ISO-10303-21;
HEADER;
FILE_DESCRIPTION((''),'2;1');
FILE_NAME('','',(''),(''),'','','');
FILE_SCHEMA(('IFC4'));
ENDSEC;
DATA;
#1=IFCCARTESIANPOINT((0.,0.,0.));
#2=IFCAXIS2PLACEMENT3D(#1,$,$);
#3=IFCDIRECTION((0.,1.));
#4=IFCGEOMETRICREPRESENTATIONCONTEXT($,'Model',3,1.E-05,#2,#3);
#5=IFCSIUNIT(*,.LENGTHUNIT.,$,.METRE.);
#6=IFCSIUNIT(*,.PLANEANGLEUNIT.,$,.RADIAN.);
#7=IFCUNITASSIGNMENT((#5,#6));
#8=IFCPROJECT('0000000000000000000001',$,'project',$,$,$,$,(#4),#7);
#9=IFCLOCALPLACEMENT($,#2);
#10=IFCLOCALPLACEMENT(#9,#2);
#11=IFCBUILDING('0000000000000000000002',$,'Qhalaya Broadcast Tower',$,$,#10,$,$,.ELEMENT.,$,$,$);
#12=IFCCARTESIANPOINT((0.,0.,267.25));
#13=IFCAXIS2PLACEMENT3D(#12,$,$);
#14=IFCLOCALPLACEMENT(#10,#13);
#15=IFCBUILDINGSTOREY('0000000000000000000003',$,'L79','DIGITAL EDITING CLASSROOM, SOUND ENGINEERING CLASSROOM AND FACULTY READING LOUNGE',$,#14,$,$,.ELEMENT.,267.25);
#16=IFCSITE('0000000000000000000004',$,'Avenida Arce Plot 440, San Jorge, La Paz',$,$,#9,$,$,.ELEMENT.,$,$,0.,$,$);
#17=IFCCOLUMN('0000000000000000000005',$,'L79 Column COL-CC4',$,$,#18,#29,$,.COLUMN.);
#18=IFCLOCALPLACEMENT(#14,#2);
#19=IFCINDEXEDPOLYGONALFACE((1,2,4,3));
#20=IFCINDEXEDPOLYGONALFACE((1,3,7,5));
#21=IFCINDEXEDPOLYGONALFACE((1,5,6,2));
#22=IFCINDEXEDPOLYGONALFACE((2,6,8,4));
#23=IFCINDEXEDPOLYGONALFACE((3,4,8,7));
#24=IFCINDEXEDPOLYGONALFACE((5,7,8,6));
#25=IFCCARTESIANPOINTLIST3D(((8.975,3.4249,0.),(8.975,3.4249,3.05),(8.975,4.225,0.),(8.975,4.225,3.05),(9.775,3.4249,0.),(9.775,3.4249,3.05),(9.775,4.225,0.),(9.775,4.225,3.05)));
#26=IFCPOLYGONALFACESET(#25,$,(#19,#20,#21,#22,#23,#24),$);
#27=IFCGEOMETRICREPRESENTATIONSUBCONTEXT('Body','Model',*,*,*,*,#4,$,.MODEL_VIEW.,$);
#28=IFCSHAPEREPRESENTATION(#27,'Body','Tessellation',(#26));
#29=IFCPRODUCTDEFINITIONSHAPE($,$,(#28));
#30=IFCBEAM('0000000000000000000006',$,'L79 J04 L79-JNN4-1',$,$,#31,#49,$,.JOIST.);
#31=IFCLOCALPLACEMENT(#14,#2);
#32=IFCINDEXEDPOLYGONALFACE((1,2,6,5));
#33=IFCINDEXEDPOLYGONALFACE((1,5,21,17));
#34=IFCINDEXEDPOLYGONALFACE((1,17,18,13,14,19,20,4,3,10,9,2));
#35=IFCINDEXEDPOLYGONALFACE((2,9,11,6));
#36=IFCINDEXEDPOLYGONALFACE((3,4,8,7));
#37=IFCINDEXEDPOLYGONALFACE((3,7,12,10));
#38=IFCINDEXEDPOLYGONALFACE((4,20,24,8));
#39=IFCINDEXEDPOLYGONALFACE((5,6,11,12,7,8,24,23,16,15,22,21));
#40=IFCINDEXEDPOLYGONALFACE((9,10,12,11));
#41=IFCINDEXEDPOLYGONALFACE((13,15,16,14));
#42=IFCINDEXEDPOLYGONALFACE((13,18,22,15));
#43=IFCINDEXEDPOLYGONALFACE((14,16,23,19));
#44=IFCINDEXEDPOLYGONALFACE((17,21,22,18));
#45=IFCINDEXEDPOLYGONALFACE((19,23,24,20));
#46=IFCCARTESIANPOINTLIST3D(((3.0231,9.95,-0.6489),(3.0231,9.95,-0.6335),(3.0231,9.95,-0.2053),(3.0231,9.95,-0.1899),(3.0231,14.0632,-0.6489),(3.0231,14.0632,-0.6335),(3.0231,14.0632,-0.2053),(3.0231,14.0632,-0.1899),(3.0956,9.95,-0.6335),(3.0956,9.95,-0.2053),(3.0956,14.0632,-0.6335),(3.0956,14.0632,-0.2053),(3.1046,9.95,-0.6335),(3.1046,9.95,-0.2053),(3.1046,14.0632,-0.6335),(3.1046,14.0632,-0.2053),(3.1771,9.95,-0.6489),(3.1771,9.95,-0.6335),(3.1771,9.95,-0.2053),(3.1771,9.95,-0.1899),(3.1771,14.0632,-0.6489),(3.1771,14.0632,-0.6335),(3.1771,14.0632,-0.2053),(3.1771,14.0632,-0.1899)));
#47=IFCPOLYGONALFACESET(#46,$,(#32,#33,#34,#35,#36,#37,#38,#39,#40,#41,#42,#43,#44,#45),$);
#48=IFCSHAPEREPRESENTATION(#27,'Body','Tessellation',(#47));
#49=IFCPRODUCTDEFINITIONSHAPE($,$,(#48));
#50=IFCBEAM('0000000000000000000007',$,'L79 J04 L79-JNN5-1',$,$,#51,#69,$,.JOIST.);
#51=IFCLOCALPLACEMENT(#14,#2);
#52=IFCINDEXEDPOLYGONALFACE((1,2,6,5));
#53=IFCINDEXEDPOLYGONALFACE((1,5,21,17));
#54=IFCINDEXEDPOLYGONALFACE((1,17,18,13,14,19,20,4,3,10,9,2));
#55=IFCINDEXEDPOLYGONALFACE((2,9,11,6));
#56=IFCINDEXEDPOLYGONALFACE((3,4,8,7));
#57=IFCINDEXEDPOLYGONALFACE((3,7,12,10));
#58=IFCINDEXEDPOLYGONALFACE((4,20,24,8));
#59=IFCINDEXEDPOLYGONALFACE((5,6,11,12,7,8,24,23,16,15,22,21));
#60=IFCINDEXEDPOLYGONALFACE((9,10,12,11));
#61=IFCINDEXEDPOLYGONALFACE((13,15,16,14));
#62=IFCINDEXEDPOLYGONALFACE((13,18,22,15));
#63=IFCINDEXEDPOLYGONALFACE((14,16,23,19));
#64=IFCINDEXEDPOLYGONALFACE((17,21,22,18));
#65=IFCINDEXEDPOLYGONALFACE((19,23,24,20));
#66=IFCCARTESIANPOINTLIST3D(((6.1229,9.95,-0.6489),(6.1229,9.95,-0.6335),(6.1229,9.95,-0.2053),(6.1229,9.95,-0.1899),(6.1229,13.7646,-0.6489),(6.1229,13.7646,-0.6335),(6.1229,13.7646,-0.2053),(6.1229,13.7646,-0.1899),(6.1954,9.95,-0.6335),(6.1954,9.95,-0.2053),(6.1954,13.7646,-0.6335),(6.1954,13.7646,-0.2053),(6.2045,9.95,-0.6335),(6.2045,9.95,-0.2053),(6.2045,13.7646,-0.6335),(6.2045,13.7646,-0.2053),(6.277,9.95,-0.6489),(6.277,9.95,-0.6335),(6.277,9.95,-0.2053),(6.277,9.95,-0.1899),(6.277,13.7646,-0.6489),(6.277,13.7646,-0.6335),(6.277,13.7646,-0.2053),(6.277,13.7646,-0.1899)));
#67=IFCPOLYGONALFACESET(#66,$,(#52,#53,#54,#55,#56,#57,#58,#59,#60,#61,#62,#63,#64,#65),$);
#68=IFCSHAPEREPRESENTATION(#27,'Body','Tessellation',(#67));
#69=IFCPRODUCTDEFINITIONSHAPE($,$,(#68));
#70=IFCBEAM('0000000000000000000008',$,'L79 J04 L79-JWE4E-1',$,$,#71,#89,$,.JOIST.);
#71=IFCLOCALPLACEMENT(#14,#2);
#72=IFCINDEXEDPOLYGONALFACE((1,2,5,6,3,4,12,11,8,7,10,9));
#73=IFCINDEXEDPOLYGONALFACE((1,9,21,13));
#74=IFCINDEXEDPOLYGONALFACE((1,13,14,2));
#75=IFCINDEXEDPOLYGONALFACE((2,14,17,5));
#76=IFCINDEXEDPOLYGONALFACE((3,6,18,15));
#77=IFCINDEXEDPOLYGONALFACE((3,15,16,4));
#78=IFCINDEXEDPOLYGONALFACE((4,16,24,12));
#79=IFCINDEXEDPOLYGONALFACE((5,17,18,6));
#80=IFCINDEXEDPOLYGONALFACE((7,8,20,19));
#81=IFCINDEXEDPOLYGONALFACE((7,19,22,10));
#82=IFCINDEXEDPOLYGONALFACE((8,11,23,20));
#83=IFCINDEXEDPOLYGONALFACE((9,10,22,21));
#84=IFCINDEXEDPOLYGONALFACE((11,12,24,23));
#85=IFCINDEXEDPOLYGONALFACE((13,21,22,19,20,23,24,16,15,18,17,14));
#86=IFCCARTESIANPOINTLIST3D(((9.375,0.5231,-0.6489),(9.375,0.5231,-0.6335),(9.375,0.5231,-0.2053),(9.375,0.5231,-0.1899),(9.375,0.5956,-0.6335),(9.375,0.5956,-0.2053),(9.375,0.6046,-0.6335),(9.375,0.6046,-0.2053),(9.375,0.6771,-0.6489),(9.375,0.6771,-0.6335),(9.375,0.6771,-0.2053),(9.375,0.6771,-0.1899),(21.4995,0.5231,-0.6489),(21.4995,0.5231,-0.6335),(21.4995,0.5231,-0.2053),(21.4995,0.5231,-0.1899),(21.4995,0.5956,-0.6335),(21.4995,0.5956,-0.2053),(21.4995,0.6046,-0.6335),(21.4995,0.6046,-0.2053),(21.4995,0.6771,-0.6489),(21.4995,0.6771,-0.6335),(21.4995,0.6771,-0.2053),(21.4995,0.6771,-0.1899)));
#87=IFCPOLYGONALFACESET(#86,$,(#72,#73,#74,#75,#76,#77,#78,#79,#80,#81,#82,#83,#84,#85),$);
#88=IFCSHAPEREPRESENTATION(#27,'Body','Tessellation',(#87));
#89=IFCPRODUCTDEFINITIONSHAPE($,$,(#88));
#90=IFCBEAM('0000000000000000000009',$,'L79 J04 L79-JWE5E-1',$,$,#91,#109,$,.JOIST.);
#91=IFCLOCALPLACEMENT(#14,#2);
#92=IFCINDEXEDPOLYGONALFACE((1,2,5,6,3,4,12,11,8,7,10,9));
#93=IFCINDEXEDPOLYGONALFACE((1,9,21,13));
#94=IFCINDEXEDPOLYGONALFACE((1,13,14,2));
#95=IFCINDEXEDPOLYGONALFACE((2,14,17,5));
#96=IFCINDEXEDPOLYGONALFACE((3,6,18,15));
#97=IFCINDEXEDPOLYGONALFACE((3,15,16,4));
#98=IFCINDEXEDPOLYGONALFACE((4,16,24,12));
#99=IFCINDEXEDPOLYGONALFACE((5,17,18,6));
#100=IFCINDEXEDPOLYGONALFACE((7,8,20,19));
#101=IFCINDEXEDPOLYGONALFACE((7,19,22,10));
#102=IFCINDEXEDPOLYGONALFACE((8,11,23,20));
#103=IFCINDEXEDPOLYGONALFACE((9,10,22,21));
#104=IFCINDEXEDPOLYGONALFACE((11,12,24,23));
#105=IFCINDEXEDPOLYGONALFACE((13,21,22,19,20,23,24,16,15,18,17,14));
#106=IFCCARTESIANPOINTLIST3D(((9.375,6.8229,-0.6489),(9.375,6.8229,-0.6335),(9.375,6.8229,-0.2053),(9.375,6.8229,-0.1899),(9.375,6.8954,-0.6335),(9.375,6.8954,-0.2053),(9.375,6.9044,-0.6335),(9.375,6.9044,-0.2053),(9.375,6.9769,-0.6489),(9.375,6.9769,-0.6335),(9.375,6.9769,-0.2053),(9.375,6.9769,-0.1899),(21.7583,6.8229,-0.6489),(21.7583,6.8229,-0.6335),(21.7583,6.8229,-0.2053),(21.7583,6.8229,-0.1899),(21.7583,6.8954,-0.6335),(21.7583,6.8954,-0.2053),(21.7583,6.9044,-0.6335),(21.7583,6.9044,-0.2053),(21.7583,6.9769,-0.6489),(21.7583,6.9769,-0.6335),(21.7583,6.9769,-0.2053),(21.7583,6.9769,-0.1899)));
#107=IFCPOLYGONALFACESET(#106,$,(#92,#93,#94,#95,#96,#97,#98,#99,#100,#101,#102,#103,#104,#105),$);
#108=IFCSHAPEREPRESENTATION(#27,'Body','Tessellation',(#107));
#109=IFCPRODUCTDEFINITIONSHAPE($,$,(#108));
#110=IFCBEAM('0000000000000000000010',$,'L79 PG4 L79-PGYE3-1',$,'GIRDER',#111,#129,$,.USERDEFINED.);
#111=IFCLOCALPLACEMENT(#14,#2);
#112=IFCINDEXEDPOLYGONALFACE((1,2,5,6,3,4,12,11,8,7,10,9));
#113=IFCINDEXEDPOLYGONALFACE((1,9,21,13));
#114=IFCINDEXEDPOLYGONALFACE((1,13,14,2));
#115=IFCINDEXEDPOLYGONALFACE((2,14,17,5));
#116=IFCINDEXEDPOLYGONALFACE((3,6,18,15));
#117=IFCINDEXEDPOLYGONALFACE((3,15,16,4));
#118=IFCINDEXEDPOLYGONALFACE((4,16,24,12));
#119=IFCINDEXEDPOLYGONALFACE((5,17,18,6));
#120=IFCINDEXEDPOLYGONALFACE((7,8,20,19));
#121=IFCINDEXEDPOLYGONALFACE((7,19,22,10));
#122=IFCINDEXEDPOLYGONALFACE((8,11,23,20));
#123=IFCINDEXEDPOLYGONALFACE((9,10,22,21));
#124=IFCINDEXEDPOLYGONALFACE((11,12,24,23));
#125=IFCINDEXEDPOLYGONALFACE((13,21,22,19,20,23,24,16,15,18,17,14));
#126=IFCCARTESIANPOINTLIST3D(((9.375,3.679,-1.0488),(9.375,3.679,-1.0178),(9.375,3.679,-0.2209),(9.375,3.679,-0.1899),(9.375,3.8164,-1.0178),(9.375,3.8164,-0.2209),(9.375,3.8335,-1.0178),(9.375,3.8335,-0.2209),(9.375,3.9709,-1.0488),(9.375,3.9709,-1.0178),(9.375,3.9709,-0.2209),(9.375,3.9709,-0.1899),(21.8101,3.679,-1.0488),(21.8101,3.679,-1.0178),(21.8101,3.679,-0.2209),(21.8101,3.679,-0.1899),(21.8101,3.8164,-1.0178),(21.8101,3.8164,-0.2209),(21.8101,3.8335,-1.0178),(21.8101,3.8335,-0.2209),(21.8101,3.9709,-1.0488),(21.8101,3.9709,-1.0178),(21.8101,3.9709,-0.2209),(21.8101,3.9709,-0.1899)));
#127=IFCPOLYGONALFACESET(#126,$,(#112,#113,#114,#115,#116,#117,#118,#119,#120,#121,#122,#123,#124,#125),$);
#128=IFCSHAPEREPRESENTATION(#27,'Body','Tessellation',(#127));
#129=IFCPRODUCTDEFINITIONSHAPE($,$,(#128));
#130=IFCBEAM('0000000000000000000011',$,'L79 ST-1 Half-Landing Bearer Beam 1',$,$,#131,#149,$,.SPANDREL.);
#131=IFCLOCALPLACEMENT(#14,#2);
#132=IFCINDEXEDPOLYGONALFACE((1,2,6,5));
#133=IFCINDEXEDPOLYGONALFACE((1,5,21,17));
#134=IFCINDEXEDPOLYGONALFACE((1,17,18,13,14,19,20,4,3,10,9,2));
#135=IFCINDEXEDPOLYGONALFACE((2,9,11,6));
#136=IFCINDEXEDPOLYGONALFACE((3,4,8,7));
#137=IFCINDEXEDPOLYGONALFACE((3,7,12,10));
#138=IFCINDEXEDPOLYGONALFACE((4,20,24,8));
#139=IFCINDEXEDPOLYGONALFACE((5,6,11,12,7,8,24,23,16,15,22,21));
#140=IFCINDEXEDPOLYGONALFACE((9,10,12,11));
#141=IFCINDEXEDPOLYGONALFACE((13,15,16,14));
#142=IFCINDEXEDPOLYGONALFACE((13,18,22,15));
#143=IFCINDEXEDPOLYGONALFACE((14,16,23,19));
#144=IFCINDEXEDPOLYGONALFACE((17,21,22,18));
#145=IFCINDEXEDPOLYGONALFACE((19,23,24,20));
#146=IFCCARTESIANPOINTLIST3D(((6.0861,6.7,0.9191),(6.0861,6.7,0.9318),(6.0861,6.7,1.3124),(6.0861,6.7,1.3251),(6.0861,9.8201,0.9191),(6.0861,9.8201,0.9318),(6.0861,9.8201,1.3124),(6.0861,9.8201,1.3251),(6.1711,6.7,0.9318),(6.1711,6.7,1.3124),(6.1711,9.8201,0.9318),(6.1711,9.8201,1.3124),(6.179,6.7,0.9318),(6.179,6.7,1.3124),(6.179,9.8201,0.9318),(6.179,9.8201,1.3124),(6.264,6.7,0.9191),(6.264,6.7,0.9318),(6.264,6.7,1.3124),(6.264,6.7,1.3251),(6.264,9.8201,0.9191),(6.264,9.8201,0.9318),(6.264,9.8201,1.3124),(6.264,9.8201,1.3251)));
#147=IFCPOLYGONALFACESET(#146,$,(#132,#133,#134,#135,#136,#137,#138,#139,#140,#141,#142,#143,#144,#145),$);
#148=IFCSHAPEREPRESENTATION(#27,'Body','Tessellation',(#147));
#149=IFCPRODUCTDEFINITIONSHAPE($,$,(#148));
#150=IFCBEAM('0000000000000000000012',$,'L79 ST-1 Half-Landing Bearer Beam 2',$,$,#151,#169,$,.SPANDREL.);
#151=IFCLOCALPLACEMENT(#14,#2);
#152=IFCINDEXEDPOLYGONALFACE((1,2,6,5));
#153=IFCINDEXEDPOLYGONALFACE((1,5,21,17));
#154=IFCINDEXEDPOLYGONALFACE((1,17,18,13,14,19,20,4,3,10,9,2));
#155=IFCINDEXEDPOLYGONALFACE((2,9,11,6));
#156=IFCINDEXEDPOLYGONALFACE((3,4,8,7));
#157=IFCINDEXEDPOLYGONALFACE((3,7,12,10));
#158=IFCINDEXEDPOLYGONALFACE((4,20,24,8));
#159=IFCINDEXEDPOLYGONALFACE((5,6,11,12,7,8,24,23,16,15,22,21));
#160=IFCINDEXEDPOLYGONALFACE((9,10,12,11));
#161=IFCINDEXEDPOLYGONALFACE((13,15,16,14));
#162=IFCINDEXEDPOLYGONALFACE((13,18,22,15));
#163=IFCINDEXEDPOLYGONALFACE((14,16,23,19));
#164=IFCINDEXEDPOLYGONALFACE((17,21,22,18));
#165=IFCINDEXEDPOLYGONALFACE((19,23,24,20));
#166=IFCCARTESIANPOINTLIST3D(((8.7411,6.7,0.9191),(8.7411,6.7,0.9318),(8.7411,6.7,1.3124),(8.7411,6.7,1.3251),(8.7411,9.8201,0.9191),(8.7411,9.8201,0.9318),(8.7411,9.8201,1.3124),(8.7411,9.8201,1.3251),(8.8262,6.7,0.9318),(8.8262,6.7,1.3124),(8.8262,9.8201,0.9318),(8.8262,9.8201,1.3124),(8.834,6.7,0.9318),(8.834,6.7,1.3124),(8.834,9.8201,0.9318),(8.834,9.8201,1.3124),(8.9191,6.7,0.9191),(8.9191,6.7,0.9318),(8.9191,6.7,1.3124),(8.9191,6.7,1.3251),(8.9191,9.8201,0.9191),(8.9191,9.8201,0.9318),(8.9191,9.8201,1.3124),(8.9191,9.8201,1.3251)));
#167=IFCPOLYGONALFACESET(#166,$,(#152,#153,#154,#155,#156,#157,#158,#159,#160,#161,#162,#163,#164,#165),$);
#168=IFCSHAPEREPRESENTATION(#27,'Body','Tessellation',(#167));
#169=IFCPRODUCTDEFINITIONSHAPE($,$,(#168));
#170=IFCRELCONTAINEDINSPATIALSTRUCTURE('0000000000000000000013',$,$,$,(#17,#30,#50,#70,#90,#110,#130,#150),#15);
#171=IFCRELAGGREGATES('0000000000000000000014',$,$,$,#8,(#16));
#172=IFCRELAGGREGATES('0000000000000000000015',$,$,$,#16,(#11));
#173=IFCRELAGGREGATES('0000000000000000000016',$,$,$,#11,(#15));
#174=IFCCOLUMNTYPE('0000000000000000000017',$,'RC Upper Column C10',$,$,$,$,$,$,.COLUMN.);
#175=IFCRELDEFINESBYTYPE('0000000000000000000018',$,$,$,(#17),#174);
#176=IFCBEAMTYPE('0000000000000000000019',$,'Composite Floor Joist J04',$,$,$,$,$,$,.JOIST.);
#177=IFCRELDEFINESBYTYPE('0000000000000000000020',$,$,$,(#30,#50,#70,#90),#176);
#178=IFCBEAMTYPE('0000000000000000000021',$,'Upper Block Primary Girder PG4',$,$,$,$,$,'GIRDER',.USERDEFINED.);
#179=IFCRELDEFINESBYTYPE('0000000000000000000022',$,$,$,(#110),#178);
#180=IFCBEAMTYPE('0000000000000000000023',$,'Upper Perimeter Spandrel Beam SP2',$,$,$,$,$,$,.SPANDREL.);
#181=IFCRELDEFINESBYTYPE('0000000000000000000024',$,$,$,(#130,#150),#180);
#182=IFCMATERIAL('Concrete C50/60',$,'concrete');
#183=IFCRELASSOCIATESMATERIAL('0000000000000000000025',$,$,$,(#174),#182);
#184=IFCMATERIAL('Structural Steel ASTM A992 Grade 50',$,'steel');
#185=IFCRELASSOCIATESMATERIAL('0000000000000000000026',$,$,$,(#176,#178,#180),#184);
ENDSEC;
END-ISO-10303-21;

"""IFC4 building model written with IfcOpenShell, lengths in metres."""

from ifc_helpers import new_model, si_unit, direction, frame, origin, origin_2d, place, context, subcontext, project, spatial, rectangle, i_section, extrude, material, material_profile, profile_set, type_object, element, save


model = new_model("IFC4")

# Units and contexts
model_context = context("Model", 3, precision=1e-05, world=origin(), true_north=direction((0.0, 1.0)))
body_context = subcontext(model_context, "Body", "Model", "MODEL_VIEW")
ifc_project = project(units=[si_unit("LENGTHUNIT", "METRE"), si_unit("PLANEANGLEUNIT", "RADIAN")], contexts=[model_context])

# Site, building, storey
site_placement = place(None, origin())
site = spatial("IfcSite", under=ifc_project, at=site_placement, Name="Avenida Arce Plot 440, San Jorge, La Paz", CompositionType="ELEMENT", RefElevation=0.0)
building_placement = place(site_placement, origin())
building = spatial("IfcBuilding", under=site, at=building_placement, Name="Qhalaya Broadcast Tower", CompositionType="ELEMENT")
storey_placement = place(building_placement, frame((0.0, 0.0, 267.25)))
storey = spatial("IfcBuildingStorey", under=building, at=storey_placement, Name="L79", Description="DIGITAL EDITING CLASSROOM, SOUND ENGINEERING CLASSROOM AND FACULTY READING LOUNGE", CompositionType="ELEMENT", Elevation=267.25)

# Column
ifc_material_1 = material(Name="Concrete C50/60", Category="concrete")
ifc_material_profile_1 = material_profile(ifc_material_1, rectangle(XDim=0.8, YDim=0.8, at=origin_2d()), Name="RC-COL 800x800")
ifc_profile_set_1 = profile_set([ifc_material_profile_1], Name="Concrete C50/60")
column_type = type_object("IfcColumnType", Name="RC Upper Column C10", PredefinedType="COLUMN", material=ifc_profile_set_1)
column_placement = place(storey_placement, frame((9.375, 3.825, 0.0), z_axis=(0.0, 0.0, 1.0), x_axis=(1.0, 0.0, 0.0)))
element("IfcColumn", 1, at=column_placement, inside=storey, type_object=column_type, Name="L79 Column COL-CC4", PredefinedType="COLUMN", context=body_context, shape_type="SweptSolid", body=[
    extrude(rectangle(XDim=0.8, YDim=0.8, at=origin_2d()), origin(), (0.0, 0.0, 1.0), 3.05),
])

# Beams
ifc_material_2 = material(Name="Structural Steel ASTM A992 Grade 50", Category="steel")
ifc_material_profile_2 = material_profile(ifc_material_2, i_section(OverallWidth=0.1541, OverallDepth=0.459, WebThickness=0.009, FlangeThickness=0.0154, at=origin_2d()), Name="W18X46")
ifc_profile_set_2 = profile_set([ifc_material_profile_2], Name="Structural Steel ASTM A992 Grade 50")
beam_type_1 = type_object("IfcBeamType", Name="Composite Floor Joist J04", PredefinedType="JOIST", material=ifc_profile_set_2)
beam_1_placement = place(storey_placement, frame((3.1001, 9.95, -0.4194), z_axis=(0.0, 1.0, 0.0), x_axis=(-1.0, 0.0, 0.0)))
element("IfcBeam", 2, at=beam_1_placement, inside=storey, type_object=beam_type_1, Name="L79 J04 L79-JNN4-1", PredefinedType="JOIST", context=body_context, shape_type="SweptSolid", body=[
    extrude(i_section(OverallWidth=0.1541, OverallDepth=0.459, WebThickness=0.009, FlangeThickness=0.0154, at=origin_2d()), origin(), (0.0, 0.0, 1.0), 4.1133),
])
beam_2_placement = place(storey_placement, frame((6.2, 9.95, -0.4194), z_axis=(0.0, 1.0, 0.0), x_axis=(-1.0, 0.0, 0.0)))
element("IfcBeam", 3, at=beam_2_placement, inside=storey, type_object=beam_type_1, Name="L79 J04 L79-JNN5-1", PredefinedType="JOIST", context=body_context, shape_type="SweptSolid", body=[
    extrude(i_section(OverallWidth=0.1541, OverallDepth=0.459, WebThickness=0.009, FlangeThickness=0.0154, at=origin_2d()), origin(), (0.0, 0.0, 1.0), 3.8147),
])
beam_3_placement = place(storey_placement, frame((9.375, 0.6001, -0.4194), z_axis=(1.0, 0.0, 0.0), x_axis=(0.0, 1.0, 0.0)))
element("IfcBeam", 4, at=beam_3_placement, inside=storey, type_object=beam_type_1, Name="L79 J04 L79-JWE4E-1", PredefinedType="JOIST", context=body_context, shape_type="SweptSolid", body=[
    extrude(i_section(OverallWidth=0.1541, OverallDepth=0.459, WebThickness=0.009, FlangeThickness=0.0154, at=origin_2d()), origin(), (0.0, 0.0, 1.0), 12.1245),
])
beam_4_placement = place(storey_placement, frame((9.375, 6.8999, -0.4194), z_axis=(1.0, 0.0, 0.0), x_axis=(0.0, 1.0, 0.0)))
element("IfcBeam", 5, at=beam_4_placement, inside=storey, type_object=beam_type_1, Name="L79 J04 L79-JWE5E-1", PredefinedType="JOIST", context=body_context, shape_type="SweptSolid", body=[
    extrude(i_section(OverallWidth=0.1541, OverallDepth=0.459, WebThickness=0.009, FlangeThickness=0.0154, at=origin_2d()), origin(), (0.0, 0.0, 1.0), 12.3833),
])
ifc_material_profile_3 = material_profile(ifc_material_2, i_section(OverallWidth=0.292, OverallDepth=0.8589, WebThickness=0.0171, FlangeThickness=0.031, at=origin_2d()), Name="W33X169")
ifc_profile_set_3 = profile_set([ifc_material_profile_3], Name="Structural Steel ASTM A992 Grade 50")
beam_type_2 = type_object("IfcBeamType", Name="Upper Block Primary Girder PG4", ElementType="GIRDER", PredefinedType="USERDEFINED", material=ifc_profile_set_3)
beam_5_placement = place(storey_placement, frame((9.375, 3.825, -0.6194), z_axis=(1.0, 0.0, 0.0), x_axis=(0.0, 1.0, 0.0)))
element("IfcBeam", 6, at=beam_5_placement, inside=storey, type_object=beam_type_2, Name="L79 PG4 L79-PGYE3-1", ObjectType="GIRDER", PredefinedType="USERDEFINED", context=body_context, shape_type="SweptSolid", body=[
    extrude(i_section(OverallWidth=0.292, OverallDepth=0.8589, WebThickness=0.0171, FlangeThickness=0.031, at=origin_2d()), origin(), (0.0, 0.0, 1.0), 12.4351),
])
ifc_material_profile_4 = material_profile(ifc_material_2, i_section(OverallWidth=0.178, OverallDepth=0.406, WebThickness=0.0078, FlangeThickness=0.0127, at=origin_2d()), Name="W16X40")
ifc_profile_set_4 = profile_set([ifc_material_profile_4], Name="Structural Steel ASTM A992 Grade 50")
beam_type_3 = type_object("IfcBeamType", Name="Upper Perimeter Spandrel Beam SP2", PredefinedType="SPANDREL", material=ifc_profile_set_4)
for number, where, z_axis, x_axis, name in (
    (7, (6.175, 6.7, 1.1221), (0.0, 1.0, 0.0), (-1.0, 0.0, 0.0), "L79 ST-1 Half-Landing Bearer Beam 1"),
    (8, (8.8301, 6.7, 1.1221), (0.0, 1.0, 0.0), (-1.0, 0.0, 0.0), "L79 ST-1 Half-Landing Bearer Beam 2"),
):
    element("IfcBeam", number, at=place(storey_placement, frame(where, z_axis=z_axis, x_axis=x_axis)), inside=storey, type_object=beam_type_3, Name=name, PredefinedType="SPANDREL", context=body_context, shape_type="SweptSolid", body=[
        extrude(i_section(OverallWidth=0.178, OverallDepth=0.406, WebThickness=0.0078, FlangeThickness=0.0127, at=origin_2d()), origin(), (0.0, 0.0, 1.0), 3.1201),
    ])

save(model, "model.ifc")
